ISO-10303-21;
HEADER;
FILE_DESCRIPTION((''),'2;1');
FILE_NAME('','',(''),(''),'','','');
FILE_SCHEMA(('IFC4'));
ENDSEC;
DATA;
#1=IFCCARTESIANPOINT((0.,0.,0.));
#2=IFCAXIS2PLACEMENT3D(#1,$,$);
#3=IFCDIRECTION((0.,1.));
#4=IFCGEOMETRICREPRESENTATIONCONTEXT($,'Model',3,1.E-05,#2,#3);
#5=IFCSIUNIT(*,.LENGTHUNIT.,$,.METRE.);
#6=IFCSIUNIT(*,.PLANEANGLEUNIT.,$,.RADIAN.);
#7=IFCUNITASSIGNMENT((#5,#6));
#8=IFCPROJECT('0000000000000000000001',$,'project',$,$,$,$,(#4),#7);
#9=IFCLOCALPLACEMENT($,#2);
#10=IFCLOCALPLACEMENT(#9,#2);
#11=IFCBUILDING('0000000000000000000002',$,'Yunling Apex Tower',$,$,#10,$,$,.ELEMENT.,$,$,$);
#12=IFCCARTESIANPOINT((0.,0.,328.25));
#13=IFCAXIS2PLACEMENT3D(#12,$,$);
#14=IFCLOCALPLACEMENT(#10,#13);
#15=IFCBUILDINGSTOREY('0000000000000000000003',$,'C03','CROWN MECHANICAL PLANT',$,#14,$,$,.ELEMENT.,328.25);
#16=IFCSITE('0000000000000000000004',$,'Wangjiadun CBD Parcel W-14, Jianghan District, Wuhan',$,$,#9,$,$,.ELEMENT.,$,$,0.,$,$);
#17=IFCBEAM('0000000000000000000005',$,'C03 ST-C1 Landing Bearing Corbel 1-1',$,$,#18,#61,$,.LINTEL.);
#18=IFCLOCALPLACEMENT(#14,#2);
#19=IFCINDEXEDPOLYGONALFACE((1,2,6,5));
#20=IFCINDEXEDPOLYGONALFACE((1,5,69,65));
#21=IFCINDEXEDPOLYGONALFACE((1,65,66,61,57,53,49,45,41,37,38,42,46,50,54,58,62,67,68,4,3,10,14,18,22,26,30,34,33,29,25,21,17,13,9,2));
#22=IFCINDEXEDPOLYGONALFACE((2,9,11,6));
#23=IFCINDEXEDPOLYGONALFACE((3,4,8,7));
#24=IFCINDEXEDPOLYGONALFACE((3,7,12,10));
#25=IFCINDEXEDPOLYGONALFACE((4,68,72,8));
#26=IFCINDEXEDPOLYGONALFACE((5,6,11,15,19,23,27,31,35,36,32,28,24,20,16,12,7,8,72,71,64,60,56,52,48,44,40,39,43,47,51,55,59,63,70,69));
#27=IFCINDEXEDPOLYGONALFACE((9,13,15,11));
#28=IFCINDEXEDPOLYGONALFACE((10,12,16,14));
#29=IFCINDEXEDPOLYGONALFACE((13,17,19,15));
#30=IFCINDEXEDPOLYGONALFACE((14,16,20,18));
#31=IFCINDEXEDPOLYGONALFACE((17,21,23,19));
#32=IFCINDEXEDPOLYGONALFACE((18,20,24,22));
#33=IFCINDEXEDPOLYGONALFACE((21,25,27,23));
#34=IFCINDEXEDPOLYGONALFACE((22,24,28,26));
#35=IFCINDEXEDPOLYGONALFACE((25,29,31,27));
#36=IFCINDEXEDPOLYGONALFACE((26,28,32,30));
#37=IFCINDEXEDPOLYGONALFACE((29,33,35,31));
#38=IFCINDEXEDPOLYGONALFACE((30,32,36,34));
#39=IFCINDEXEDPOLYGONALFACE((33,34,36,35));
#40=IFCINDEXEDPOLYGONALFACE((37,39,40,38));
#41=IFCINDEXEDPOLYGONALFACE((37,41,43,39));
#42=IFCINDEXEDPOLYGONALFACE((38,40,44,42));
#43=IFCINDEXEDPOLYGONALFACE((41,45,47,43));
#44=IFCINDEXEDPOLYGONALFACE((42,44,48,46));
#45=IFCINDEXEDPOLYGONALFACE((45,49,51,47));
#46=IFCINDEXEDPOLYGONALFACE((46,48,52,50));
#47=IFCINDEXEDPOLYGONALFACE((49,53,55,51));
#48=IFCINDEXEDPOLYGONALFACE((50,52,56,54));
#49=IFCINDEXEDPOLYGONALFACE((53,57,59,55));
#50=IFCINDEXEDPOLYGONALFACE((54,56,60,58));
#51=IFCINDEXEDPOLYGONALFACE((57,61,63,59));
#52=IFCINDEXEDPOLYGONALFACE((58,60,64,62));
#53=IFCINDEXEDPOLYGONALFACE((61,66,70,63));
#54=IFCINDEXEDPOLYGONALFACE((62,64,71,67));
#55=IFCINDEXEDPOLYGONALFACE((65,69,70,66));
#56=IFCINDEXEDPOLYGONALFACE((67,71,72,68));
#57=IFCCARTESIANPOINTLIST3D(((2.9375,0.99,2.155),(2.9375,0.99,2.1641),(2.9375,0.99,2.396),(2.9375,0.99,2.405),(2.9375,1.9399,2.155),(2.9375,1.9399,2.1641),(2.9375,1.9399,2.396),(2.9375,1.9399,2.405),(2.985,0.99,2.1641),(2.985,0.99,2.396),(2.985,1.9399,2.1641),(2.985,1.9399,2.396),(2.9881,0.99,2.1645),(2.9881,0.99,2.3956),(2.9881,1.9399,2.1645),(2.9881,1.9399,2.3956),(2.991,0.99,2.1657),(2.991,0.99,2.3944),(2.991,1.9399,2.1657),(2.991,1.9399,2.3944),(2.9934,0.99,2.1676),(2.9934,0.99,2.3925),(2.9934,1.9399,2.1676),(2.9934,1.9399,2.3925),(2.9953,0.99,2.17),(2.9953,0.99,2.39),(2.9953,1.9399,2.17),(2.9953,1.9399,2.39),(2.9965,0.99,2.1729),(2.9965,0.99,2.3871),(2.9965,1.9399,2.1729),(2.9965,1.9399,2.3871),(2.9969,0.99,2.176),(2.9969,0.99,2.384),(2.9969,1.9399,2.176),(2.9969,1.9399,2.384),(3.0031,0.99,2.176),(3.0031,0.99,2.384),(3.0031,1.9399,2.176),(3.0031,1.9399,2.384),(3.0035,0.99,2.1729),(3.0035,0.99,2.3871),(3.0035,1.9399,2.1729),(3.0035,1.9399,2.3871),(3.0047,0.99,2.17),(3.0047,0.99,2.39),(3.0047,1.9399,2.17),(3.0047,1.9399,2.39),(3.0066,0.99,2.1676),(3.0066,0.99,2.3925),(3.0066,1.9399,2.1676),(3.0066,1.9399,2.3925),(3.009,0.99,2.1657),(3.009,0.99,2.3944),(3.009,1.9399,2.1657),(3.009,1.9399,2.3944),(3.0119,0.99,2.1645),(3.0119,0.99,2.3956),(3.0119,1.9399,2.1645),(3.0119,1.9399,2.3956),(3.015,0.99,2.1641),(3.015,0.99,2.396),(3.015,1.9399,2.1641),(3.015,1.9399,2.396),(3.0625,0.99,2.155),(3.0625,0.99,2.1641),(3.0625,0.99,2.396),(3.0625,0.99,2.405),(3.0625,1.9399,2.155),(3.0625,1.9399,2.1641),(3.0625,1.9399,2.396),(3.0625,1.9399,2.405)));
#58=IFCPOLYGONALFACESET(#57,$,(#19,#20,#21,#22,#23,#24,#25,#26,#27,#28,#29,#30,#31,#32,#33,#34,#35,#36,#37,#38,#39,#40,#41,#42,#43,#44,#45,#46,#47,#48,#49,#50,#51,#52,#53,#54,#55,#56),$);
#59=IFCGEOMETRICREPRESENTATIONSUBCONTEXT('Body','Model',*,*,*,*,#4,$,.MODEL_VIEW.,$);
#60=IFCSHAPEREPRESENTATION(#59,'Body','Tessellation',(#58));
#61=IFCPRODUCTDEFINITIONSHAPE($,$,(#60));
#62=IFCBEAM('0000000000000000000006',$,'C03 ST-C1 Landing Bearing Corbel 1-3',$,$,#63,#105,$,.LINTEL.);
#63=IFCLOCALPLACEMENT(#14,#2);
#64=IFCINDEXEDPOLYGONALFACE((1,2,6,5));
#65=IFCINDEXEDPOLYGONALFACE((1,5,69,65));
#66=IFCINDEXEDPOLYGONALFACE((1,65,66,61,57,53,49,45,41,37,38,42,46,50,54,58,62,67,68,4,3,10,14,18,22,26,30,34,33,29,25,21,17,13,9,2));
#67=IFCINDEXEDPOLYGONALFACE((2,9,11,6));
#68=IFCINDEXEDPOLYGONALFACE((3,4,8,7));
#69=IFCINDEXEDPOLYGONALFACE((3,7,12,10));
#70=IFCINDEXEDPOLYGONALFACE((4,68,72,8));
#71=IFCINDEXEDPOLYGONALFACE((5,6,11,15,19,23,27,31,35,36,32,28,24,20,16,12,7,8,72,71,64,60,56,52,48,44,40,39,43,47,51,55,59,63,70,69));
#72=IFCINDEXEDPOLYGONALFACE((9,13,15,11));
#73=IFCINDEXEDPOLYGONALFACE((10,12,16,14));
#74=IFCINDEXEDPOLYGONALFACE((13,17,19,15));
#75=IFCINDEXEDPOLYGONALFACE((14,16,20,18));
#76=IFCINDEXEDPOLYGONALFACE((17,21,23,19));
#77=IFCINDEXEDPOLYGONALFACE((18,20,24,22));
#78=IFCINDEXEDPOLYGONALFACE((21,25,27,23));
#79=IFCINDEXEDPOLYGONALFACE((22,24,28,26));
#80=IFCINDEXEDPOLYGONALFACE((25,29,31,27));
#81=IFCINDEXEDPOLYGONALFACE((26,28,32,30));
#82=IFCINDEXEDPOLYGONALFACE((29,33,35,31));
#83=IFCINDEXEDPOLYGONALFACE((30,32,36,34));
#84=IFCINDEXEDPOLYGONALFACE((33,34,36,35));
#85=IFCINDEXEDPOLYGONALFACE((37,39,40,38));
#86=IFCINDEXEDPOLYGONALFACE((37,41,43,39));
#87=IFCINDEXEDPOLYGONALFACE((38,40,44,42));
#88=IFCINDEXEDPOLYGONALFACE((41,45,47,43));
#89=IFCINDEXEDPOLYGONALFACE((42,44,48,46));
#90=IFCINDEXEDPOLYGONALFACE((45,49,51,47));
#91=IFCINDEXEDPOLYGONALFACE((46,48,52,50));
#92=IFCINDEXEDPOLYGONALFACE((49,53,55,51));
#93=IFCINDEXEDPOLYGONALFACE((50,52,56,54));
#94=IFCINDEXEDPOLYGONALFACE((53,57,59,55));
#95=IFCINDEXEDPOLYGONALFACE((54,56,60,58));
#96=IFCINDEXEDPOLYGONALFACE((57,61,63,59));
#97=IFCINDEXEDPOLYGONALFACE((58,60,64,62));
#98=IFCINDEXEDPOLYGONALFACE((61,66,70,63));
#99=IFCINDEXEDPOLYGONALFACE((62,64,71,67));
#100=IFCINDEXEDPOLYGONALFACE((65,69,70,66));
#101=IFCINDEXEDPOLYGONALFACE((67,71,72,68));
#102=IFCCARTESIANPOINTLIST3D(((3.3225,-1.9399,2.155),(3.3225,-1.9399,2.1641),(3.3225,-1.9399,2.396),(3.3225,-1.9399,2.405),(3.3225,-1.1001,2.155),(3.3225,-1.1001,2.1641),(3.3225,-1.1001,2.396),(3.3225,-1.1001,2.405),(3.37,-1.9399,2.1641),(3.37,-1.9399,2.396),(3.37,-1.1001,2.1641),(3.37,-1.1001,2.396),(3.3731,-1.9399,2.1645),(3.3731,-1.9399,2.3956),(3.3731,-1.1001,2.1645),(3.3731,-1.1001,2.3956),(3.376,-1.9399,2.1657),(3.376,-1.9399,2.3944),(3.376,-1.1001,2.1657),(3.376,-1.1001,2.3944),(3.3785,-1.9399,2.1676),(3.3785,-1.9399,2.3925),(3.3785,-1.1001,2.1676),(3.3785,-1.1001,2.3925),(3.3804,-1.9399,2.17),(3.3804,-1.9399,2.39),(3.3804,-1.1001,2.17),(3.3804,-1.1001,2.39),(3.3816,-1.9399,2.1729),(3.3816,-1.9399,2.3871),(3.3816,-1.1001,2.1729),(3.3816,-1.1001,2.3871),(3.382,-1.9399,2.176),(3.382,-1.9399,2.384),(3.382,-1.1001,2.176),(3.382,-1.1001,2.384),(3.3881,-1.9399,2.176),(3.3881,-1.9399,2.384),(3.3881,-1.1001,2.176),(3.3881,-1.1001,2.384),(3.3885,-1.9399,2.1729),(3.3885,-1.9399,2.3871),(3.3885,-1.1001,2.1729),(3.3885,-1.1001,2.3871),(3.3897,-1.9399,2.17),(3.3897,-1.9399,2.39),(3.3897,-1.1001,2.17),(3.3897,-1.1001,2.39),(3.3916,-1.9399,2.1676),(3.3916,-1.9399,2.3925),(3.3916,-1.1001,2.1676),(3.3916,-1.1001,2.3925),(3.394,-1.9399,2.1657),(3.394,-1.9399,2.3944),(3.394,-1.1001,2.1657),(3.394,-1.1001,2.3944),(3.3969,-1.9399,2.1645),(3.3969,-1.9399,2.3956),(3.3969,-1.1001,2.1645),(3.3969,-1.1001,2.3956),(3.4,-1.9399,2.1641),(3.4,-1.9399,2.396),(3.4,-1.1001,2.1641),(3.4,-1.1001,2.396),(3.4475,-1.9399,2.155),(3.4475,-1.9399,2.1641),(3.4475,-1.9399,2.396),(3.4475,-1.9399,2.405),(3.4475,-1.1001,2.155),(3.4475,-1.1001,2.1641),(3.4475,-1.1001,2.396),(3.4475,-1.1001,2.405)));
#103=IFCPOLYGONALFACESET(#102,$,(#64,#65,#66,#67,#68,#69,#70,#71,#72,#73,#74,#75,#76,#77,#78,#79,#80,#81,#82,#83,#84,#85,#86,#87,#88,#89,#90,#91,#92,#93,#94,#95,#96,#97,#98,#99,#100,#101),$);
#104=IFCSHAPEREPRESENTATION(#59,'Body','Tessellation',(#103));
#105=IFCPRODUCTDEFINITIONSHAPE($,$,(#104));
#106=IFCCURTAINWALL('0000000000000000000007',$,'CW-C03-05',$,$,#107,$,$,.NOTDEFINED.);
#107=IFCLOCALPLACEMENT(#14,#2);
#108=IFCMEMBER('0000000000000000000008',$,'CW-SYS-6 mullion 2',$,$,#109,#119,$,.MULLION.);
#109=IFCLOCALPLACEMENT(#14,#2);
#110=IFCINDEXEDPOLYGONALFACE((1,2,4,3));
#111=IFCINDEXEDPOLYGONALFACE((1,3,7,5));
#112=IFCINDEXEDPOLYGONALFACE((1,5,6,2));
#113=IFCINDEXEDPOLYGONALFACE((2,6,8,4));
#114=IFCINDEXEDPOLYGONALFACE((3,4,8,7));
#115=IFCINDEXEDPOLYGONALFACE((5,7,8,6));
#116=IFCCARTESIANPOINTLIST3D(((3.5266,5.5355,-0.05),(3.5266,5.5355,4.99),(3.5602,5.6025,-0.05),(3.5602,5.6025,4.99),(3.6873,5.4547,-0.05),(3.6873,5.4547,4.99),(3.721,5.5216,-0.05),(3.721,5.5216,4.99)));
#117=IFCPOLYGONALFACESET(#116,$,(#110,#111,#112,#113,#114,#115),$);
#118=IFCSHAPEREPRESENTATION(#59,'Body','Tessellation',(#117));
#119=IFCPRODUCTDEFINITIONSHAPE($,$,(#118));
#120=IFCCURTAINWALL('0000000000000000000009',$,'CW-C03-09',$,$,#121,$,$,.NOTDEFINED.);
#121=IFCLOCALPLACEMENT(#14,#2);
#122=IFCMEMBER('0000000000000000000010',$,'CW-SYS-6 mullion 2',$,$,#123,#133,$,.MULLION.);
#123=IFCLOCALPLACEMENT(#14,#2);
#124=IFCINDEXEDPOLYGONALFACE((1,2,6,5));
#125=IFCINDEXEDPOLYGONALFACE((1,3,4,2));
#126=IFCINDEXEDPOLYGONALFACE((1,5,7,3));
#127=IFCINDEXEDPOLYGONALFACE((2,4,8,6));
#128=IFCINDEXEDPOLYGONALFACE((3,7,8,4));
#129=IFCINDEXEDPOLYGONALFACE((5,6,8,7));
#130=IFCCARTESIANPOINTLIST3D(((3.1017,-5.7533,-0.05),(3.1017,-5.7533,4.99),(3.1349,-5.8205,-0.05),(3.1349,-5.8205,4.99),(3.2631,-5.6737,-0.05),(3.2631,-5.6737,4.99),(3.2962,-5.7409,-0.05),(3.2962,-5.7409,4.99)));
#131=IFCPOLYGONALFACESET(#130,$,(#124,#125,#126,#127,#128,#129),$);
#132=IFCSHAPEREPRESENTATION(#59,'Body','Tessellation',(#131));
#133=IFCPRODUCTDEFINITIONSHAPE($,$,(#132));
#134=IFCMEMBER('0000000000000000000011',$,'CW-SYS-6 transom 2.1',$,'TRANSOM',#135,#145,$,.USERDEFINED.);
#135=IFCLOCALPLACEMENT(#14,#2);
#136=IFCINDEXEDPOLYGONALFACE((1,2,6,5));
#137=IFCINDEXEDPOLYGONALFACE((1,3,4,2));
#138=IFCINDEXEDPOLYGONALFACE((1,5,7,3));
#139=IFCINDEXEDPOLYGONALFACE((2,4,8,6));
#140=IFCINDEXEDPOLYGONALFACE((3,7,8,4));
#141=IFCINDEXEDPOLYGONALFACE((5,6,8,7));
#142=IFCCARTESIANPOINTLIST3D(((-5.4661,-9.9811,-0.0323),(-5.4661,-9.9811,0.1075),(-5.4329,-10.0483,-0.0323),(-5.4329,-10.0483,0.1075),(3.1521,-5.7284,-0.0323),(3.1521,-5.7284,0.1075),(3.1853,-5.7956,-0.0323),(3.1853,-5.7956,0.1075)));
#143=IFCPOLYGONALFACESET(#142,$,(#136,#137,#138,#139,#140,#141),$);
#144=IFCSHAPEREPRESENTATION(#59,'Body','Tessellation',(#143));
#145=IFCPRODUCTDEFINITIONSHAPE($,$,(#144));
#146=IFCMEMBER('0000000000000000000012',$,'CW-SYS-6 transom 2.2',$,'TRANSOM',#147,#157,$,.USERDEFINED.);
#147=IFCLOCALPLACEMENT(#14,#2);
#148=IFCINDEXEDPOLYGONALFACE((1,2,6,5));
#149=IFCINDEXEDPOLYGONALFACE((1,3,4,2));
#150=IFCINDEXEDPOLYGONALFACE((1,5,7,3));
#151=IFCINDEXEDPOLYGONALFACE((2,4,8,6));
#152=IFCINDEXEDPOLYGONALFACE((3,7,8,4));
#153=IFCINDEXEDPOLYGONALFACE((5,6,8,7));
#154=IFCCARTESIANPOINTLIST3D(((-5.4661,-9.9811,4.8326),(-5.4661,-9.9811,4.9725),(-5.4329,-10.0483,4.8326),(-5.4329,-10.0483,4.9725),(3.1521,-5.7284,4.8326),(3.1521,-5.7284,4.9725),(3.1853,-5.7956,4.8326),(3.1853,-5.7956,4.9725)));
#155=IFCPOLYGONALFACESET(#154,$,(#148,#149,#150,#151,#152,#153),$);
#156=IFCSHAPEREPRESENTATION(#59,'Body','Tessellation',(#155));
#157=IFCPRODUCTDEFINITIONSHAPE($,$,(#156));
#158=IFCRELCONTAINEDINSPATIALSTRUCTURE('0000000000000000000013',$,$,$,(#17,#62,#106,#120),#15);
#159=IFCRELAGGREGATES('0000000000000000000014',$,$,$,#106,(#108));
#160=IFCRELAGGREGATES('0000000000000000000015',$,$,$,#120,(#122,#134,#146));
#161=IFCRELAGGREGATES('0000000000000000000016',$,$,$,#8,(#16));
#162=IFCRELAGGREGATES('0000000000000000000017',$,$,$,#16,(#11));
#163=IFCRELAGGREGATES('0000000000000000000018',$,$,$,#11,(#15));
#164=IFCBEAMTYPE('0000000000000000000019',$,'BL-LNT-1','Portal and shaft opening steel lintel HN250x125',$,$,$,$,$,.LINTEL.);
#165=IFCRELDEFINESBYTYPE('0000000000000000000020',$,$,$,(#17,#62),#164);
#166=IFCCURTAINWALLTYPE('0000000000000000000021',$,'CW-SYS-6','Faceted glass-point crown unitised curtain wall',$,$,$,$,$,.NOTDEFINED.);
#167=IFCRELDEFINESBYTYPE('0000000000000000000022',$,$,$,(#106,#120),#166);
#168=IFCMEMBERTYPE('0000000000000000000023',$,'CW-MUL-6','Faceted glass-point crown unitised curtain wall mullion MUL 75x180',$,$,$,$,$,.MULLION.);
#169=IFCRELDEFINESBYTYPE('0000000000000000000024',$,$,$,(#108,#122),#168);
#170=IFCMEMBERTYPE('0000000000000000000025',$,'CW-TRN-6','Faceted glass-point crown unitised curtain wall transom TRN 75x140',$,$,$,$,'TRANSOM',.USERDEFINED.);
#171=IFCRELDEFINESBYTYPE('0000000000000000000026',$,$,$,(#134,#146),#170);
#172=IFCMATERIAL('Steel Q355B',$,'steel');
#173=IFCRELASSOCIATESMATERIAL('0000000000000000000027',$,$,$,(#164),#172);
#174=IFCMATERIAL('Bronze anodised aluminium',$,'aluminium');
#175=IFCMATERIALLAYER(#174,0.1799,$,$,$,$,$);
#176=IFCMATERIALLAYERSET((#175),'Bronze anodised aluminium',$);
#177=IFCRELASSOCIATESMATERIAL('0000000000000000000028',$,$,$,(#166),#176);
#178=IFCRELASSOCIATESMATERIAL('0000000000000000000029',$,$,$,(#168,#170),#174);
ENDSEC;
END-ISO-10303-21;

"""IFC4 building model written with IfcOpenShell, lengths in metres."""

from ifc_helpers import new_model, si_unit, direction, frame, origin, origin_2d, place, context, subcontext, project, spatial, rectangle, i_section, extrude, source, transform, mapped, material, layer, layer_set, material_profile, profile_set, type_object, element, aggregate, save


model = new_model("IFC4")

# Units and contexts
model_context = context("Model", 3, precision=1e-05, world=origin(), true_north=direction((0.0, 1.0)))
body_context = subcontext(model_context, "Body", "Model", "MODEL_VIEW")
ifc_project = project(units=[si_unit("LENGTHUNIT", "METRE"), si_unit("PLANEANGLEUNIT", "RADIAN")], contexts=[model_context])

# Site, building, storey
site_placement = place(None, origin())
site = spatial("IfcSite", under=ifc_project, at=site_placement, Name="Wangjiadun CBD Parcel W-14, Jianghan District, Wuhan", CompositionType="ELEMENT", RefElevation=0.0)
building_placement = place(site_placement, origin())
building = spatial("IfcBuilding", under=site, at=building_placement, Name="Yunling Apex Tower", CompositionType="ELEMENT")
storey_placement = place(building_placement, frame((0.0, 0.0, 328.25)))
storey = spatial("IfcBuildingStorey", under=building, at=storey_placement, Name="C03", Description="CROWN MECHANICAL PLANT", CompositionType="ELEMENT", Elevation=328.25)

# Beams
ifc_material_1 = material(Name="Steel Q355B", Category="steel")
ifc_material_profile_1 = material_profile(ifc_material_1, i_section(OverallWidth=0.125, OverallDepth=0.25, WebThickness=0.0061, FlangeThickness=0.009, FilletRadius=0.012, at=origin_2d()))
ifc_profile_set_1 = profile_set([ifc_material_profile_1], Name="Steel Q355B")
beam_type = type_object("IfcBeamType", Name="BL-LNT-1", Description="Portal and shaft opening steel lintel HN250x125", PredefinedType="LINTEL", material=ifc_profile_set_1)
shared_shape_1 = source(origin(), body_context, "Body", "SweptSolid", [
    extrude(i_section(OverallWidth=0.125, OverallDepth=0.25, WebThickness=0.0061, FlangeThickness=0.009, FilletRadius=0.012, at=origin_2d()), origin(), (0.0, 0.0, 1.0), 0.95),
])
beam_1_placement = place(storey_placement, frame((3.0, 1.9399, 2.28), z_axis=(0.0, -1.0, 0.0), x_axis=(1.0, 0.0, 0.0)))
element("IfcBeam", 1, at=beam_1_placement, inside=storey, type_object=beam_type, Name="C03 ST-C1 Landing Bearing Corbel 1-1", PredefinedType="LINTEL", context=body_context, shape_type="MappedRepresentation", body=[
    mapped(shared_shape_1, transform((0.0, 0.0, 0.0), scale=1.0)),
])
shared_shape_2 = source(origin(), body_context, "Body", "SweptSolid", [
    extrude(i_section(OverallWidth=0.125, OverallDepth=0.25, WebThickness=0.0061, FlangeThickness=0.009, FilletRadius=0.012, at=origin_2d()), origin(), (0.0, 0.0, 1.0), 0.8398),
])
beam_2_placement = place(storey_placement, frame((3.385, -1.9399, 2.28), z_axis=(0.0, 1.0, 0.0), x_axis=(-1.0, 0.0, 0.0)))
element("IfcBeam", 2, at=beam_2_placement, inside=storey, type_object=beam_type, Name="C03 ST-C1 Landing Bearing Corbel 1-3", PredefinedType="LINTEL", context=body_context, shape_type="MappedRepresentation", body=[
    mapped(shared_shape_2, transform((0.0, 0.0, 0.0), scale=1.0)),
])

# Curtain wall, member
ifc_material_2 = material(Name="Bronze anodised aluminium", Category="aluminium")
ifc_layer_1 = layer(ifc_material_2, 0.1799)
ifc_layer_set_1 = layer_set([ifc_layer_1], Name="Bronze anodised aluminium")
curtain_wall_type = type_object("IfcCurtainWallType", Name="CW-SYS-6", Description="Faceted glass-point crown unitised curtain wall", PredefinedType="NOTDEFINED", material=ifc_layer_set_1)
curtain_wall_1_placement = place(storey_placement, origin())
curtain_wall_1 = element("IfcCurtainWall", 3, at=curtain_wall_1_placement, inside=storey, type_object=curtain_wall_type, Name="CW-C03-05", PredefinedType="NOTDEFINED")
ifc_material_profile_2 = material_profile(ifc_material_2, rectangle(XDim=0.075, YDim=0.1799, at=origin_2d()))
ifc_profile_set_2 = profile_set([ifc_material_profile_2], Name="Bronze anodised aluminium")
member_type_1 = type_object("IfcMemberType", Name="CW-MUL-6", Description="Faceted glass-point crown unitised curtain wall mullion MUL 75x180", PredefinedType="MULLION", material=ifc_profile_set_2)
shared_shape_3 = source(origin(), body_context, "Body", "SweptSolid", [
    extrude(rectangle(XDim=0.075, YDim=0.1799, at=origin_2d()), origin(), (0.0, 0.0, 1.0), 5.04),
])
member_1_placement = place(storey_placement, frame((3.6238, 5.5286, -0.05), z_axis=(0.0, 0.0, 1.0), x_axis=(0.449185, 0.893439, 0.0)))
member_1 = element("IfcMember", 4, at=member_1_placement, type_object=member_type_1, Name="CW-SYS-6 mullion 2", PredefinedType="MULLION", context=body_context, shape_type="MappedRepresentation", body=[
    mapped(shared_shape_3, transform((0.0, 0.0, 0.0), scale=1.0)),
])

# Curtain wall, members
curtain_wall_2_placement = place(storey_placement, origin())
curtain_wall_2 = element("IfcCurtainWall", 5, at=curtain_wall_2_placement, inside=storey, type_object=curtain_wall_type, Name="CW-C03-09", PredefinedType="NOTDEFINED")
member_2_placement = place(storey_placement, frame((3.199, -5.7471, -0.05), z_axis=(0.0, 0.0, 1.0), x_axis=(0.442522, -0.896758, 0.0)))
member_2 = element("IfcMember", 6, at=member_2_placement, type_object=member_type_1, Name="CW-SYS-6 mullion 2", PredefinedType="MULLION", context=body_context, shape_type="MappedRepresentation", body=[
    mapped(shared_shape_3, transform((0.0, 0.0, 0.0), scale=1.0)),
])
ifc_material_profile_3 = material_profile(ifc_material_2, rectangle(XDim=0.075, YDim=0.1399, at=origin_2d()))
ifc_profile_set_3 = profile_set([ifc_material_profile_3], Name="Bronze anodised aluminium")
member_type_2 = type_object("IfcMemberType", Name="CW-TRN-6", Description="Faceted glass-point crown unitised curtain wall transom TRN 75x140", ElementType="TRANSOM", PredefinedType="USERDEFINED", material=ifc_profile_set_3)
shared_shape_4 = source(origin(), body_context, "Body", "SweptSolid", [
    extrude(rectangle(XDim=0.075, YDim=0.1399, at=origin_2d()), origin(), (0.0, 0.0, 1.0), 9.6104),
])
member_3_placement = place(storey_placement, frame((3.1687, -5.762, 0.0376), z_axis=(-0.896762, -0.442513, 0.0), x_axis=(0.442513, -0.896762, 0.0)))
member_3 = element("IfcMember", 7, at=member_3_placement, type_object=member_type_2, Name="CW-SYS-6 transom 2.1", ObjectType="TRANSOM", PredefinedType="USERDEFINED", context=body_context, shape_type="MappedRepresentation", body=[
    mapped(shared_shape_4, transform((0.0, 0.0, 0.0), scale=1.0)),
])
member_4_placement = place(storey_placement, frame((3.1687, -5.762, 4.9026), z_axis=(-0.896762, -0.442513, 0.0), x_axis=(0.442513, -0.896762, 0.0)))
member_4 = element("IfcMember", 8, at=member_4_placement, type_object=member_type_2, Name="CW-SYS-6 transom 2.2", ObjectType="TRANSOM", PredefinedType="USERDEFINED", context=body_context, shape_type="MappedRepresentation", body=[
    mapped(shared_shape_4, transform((0.0, 0.0, 0.0), scale=1.0)),
])

aggregate(curtain_wall_1, [member_1])
aggregate(curtain_wall_2, [member_2, member_3, member_4])

save(model, "model.ifc")
